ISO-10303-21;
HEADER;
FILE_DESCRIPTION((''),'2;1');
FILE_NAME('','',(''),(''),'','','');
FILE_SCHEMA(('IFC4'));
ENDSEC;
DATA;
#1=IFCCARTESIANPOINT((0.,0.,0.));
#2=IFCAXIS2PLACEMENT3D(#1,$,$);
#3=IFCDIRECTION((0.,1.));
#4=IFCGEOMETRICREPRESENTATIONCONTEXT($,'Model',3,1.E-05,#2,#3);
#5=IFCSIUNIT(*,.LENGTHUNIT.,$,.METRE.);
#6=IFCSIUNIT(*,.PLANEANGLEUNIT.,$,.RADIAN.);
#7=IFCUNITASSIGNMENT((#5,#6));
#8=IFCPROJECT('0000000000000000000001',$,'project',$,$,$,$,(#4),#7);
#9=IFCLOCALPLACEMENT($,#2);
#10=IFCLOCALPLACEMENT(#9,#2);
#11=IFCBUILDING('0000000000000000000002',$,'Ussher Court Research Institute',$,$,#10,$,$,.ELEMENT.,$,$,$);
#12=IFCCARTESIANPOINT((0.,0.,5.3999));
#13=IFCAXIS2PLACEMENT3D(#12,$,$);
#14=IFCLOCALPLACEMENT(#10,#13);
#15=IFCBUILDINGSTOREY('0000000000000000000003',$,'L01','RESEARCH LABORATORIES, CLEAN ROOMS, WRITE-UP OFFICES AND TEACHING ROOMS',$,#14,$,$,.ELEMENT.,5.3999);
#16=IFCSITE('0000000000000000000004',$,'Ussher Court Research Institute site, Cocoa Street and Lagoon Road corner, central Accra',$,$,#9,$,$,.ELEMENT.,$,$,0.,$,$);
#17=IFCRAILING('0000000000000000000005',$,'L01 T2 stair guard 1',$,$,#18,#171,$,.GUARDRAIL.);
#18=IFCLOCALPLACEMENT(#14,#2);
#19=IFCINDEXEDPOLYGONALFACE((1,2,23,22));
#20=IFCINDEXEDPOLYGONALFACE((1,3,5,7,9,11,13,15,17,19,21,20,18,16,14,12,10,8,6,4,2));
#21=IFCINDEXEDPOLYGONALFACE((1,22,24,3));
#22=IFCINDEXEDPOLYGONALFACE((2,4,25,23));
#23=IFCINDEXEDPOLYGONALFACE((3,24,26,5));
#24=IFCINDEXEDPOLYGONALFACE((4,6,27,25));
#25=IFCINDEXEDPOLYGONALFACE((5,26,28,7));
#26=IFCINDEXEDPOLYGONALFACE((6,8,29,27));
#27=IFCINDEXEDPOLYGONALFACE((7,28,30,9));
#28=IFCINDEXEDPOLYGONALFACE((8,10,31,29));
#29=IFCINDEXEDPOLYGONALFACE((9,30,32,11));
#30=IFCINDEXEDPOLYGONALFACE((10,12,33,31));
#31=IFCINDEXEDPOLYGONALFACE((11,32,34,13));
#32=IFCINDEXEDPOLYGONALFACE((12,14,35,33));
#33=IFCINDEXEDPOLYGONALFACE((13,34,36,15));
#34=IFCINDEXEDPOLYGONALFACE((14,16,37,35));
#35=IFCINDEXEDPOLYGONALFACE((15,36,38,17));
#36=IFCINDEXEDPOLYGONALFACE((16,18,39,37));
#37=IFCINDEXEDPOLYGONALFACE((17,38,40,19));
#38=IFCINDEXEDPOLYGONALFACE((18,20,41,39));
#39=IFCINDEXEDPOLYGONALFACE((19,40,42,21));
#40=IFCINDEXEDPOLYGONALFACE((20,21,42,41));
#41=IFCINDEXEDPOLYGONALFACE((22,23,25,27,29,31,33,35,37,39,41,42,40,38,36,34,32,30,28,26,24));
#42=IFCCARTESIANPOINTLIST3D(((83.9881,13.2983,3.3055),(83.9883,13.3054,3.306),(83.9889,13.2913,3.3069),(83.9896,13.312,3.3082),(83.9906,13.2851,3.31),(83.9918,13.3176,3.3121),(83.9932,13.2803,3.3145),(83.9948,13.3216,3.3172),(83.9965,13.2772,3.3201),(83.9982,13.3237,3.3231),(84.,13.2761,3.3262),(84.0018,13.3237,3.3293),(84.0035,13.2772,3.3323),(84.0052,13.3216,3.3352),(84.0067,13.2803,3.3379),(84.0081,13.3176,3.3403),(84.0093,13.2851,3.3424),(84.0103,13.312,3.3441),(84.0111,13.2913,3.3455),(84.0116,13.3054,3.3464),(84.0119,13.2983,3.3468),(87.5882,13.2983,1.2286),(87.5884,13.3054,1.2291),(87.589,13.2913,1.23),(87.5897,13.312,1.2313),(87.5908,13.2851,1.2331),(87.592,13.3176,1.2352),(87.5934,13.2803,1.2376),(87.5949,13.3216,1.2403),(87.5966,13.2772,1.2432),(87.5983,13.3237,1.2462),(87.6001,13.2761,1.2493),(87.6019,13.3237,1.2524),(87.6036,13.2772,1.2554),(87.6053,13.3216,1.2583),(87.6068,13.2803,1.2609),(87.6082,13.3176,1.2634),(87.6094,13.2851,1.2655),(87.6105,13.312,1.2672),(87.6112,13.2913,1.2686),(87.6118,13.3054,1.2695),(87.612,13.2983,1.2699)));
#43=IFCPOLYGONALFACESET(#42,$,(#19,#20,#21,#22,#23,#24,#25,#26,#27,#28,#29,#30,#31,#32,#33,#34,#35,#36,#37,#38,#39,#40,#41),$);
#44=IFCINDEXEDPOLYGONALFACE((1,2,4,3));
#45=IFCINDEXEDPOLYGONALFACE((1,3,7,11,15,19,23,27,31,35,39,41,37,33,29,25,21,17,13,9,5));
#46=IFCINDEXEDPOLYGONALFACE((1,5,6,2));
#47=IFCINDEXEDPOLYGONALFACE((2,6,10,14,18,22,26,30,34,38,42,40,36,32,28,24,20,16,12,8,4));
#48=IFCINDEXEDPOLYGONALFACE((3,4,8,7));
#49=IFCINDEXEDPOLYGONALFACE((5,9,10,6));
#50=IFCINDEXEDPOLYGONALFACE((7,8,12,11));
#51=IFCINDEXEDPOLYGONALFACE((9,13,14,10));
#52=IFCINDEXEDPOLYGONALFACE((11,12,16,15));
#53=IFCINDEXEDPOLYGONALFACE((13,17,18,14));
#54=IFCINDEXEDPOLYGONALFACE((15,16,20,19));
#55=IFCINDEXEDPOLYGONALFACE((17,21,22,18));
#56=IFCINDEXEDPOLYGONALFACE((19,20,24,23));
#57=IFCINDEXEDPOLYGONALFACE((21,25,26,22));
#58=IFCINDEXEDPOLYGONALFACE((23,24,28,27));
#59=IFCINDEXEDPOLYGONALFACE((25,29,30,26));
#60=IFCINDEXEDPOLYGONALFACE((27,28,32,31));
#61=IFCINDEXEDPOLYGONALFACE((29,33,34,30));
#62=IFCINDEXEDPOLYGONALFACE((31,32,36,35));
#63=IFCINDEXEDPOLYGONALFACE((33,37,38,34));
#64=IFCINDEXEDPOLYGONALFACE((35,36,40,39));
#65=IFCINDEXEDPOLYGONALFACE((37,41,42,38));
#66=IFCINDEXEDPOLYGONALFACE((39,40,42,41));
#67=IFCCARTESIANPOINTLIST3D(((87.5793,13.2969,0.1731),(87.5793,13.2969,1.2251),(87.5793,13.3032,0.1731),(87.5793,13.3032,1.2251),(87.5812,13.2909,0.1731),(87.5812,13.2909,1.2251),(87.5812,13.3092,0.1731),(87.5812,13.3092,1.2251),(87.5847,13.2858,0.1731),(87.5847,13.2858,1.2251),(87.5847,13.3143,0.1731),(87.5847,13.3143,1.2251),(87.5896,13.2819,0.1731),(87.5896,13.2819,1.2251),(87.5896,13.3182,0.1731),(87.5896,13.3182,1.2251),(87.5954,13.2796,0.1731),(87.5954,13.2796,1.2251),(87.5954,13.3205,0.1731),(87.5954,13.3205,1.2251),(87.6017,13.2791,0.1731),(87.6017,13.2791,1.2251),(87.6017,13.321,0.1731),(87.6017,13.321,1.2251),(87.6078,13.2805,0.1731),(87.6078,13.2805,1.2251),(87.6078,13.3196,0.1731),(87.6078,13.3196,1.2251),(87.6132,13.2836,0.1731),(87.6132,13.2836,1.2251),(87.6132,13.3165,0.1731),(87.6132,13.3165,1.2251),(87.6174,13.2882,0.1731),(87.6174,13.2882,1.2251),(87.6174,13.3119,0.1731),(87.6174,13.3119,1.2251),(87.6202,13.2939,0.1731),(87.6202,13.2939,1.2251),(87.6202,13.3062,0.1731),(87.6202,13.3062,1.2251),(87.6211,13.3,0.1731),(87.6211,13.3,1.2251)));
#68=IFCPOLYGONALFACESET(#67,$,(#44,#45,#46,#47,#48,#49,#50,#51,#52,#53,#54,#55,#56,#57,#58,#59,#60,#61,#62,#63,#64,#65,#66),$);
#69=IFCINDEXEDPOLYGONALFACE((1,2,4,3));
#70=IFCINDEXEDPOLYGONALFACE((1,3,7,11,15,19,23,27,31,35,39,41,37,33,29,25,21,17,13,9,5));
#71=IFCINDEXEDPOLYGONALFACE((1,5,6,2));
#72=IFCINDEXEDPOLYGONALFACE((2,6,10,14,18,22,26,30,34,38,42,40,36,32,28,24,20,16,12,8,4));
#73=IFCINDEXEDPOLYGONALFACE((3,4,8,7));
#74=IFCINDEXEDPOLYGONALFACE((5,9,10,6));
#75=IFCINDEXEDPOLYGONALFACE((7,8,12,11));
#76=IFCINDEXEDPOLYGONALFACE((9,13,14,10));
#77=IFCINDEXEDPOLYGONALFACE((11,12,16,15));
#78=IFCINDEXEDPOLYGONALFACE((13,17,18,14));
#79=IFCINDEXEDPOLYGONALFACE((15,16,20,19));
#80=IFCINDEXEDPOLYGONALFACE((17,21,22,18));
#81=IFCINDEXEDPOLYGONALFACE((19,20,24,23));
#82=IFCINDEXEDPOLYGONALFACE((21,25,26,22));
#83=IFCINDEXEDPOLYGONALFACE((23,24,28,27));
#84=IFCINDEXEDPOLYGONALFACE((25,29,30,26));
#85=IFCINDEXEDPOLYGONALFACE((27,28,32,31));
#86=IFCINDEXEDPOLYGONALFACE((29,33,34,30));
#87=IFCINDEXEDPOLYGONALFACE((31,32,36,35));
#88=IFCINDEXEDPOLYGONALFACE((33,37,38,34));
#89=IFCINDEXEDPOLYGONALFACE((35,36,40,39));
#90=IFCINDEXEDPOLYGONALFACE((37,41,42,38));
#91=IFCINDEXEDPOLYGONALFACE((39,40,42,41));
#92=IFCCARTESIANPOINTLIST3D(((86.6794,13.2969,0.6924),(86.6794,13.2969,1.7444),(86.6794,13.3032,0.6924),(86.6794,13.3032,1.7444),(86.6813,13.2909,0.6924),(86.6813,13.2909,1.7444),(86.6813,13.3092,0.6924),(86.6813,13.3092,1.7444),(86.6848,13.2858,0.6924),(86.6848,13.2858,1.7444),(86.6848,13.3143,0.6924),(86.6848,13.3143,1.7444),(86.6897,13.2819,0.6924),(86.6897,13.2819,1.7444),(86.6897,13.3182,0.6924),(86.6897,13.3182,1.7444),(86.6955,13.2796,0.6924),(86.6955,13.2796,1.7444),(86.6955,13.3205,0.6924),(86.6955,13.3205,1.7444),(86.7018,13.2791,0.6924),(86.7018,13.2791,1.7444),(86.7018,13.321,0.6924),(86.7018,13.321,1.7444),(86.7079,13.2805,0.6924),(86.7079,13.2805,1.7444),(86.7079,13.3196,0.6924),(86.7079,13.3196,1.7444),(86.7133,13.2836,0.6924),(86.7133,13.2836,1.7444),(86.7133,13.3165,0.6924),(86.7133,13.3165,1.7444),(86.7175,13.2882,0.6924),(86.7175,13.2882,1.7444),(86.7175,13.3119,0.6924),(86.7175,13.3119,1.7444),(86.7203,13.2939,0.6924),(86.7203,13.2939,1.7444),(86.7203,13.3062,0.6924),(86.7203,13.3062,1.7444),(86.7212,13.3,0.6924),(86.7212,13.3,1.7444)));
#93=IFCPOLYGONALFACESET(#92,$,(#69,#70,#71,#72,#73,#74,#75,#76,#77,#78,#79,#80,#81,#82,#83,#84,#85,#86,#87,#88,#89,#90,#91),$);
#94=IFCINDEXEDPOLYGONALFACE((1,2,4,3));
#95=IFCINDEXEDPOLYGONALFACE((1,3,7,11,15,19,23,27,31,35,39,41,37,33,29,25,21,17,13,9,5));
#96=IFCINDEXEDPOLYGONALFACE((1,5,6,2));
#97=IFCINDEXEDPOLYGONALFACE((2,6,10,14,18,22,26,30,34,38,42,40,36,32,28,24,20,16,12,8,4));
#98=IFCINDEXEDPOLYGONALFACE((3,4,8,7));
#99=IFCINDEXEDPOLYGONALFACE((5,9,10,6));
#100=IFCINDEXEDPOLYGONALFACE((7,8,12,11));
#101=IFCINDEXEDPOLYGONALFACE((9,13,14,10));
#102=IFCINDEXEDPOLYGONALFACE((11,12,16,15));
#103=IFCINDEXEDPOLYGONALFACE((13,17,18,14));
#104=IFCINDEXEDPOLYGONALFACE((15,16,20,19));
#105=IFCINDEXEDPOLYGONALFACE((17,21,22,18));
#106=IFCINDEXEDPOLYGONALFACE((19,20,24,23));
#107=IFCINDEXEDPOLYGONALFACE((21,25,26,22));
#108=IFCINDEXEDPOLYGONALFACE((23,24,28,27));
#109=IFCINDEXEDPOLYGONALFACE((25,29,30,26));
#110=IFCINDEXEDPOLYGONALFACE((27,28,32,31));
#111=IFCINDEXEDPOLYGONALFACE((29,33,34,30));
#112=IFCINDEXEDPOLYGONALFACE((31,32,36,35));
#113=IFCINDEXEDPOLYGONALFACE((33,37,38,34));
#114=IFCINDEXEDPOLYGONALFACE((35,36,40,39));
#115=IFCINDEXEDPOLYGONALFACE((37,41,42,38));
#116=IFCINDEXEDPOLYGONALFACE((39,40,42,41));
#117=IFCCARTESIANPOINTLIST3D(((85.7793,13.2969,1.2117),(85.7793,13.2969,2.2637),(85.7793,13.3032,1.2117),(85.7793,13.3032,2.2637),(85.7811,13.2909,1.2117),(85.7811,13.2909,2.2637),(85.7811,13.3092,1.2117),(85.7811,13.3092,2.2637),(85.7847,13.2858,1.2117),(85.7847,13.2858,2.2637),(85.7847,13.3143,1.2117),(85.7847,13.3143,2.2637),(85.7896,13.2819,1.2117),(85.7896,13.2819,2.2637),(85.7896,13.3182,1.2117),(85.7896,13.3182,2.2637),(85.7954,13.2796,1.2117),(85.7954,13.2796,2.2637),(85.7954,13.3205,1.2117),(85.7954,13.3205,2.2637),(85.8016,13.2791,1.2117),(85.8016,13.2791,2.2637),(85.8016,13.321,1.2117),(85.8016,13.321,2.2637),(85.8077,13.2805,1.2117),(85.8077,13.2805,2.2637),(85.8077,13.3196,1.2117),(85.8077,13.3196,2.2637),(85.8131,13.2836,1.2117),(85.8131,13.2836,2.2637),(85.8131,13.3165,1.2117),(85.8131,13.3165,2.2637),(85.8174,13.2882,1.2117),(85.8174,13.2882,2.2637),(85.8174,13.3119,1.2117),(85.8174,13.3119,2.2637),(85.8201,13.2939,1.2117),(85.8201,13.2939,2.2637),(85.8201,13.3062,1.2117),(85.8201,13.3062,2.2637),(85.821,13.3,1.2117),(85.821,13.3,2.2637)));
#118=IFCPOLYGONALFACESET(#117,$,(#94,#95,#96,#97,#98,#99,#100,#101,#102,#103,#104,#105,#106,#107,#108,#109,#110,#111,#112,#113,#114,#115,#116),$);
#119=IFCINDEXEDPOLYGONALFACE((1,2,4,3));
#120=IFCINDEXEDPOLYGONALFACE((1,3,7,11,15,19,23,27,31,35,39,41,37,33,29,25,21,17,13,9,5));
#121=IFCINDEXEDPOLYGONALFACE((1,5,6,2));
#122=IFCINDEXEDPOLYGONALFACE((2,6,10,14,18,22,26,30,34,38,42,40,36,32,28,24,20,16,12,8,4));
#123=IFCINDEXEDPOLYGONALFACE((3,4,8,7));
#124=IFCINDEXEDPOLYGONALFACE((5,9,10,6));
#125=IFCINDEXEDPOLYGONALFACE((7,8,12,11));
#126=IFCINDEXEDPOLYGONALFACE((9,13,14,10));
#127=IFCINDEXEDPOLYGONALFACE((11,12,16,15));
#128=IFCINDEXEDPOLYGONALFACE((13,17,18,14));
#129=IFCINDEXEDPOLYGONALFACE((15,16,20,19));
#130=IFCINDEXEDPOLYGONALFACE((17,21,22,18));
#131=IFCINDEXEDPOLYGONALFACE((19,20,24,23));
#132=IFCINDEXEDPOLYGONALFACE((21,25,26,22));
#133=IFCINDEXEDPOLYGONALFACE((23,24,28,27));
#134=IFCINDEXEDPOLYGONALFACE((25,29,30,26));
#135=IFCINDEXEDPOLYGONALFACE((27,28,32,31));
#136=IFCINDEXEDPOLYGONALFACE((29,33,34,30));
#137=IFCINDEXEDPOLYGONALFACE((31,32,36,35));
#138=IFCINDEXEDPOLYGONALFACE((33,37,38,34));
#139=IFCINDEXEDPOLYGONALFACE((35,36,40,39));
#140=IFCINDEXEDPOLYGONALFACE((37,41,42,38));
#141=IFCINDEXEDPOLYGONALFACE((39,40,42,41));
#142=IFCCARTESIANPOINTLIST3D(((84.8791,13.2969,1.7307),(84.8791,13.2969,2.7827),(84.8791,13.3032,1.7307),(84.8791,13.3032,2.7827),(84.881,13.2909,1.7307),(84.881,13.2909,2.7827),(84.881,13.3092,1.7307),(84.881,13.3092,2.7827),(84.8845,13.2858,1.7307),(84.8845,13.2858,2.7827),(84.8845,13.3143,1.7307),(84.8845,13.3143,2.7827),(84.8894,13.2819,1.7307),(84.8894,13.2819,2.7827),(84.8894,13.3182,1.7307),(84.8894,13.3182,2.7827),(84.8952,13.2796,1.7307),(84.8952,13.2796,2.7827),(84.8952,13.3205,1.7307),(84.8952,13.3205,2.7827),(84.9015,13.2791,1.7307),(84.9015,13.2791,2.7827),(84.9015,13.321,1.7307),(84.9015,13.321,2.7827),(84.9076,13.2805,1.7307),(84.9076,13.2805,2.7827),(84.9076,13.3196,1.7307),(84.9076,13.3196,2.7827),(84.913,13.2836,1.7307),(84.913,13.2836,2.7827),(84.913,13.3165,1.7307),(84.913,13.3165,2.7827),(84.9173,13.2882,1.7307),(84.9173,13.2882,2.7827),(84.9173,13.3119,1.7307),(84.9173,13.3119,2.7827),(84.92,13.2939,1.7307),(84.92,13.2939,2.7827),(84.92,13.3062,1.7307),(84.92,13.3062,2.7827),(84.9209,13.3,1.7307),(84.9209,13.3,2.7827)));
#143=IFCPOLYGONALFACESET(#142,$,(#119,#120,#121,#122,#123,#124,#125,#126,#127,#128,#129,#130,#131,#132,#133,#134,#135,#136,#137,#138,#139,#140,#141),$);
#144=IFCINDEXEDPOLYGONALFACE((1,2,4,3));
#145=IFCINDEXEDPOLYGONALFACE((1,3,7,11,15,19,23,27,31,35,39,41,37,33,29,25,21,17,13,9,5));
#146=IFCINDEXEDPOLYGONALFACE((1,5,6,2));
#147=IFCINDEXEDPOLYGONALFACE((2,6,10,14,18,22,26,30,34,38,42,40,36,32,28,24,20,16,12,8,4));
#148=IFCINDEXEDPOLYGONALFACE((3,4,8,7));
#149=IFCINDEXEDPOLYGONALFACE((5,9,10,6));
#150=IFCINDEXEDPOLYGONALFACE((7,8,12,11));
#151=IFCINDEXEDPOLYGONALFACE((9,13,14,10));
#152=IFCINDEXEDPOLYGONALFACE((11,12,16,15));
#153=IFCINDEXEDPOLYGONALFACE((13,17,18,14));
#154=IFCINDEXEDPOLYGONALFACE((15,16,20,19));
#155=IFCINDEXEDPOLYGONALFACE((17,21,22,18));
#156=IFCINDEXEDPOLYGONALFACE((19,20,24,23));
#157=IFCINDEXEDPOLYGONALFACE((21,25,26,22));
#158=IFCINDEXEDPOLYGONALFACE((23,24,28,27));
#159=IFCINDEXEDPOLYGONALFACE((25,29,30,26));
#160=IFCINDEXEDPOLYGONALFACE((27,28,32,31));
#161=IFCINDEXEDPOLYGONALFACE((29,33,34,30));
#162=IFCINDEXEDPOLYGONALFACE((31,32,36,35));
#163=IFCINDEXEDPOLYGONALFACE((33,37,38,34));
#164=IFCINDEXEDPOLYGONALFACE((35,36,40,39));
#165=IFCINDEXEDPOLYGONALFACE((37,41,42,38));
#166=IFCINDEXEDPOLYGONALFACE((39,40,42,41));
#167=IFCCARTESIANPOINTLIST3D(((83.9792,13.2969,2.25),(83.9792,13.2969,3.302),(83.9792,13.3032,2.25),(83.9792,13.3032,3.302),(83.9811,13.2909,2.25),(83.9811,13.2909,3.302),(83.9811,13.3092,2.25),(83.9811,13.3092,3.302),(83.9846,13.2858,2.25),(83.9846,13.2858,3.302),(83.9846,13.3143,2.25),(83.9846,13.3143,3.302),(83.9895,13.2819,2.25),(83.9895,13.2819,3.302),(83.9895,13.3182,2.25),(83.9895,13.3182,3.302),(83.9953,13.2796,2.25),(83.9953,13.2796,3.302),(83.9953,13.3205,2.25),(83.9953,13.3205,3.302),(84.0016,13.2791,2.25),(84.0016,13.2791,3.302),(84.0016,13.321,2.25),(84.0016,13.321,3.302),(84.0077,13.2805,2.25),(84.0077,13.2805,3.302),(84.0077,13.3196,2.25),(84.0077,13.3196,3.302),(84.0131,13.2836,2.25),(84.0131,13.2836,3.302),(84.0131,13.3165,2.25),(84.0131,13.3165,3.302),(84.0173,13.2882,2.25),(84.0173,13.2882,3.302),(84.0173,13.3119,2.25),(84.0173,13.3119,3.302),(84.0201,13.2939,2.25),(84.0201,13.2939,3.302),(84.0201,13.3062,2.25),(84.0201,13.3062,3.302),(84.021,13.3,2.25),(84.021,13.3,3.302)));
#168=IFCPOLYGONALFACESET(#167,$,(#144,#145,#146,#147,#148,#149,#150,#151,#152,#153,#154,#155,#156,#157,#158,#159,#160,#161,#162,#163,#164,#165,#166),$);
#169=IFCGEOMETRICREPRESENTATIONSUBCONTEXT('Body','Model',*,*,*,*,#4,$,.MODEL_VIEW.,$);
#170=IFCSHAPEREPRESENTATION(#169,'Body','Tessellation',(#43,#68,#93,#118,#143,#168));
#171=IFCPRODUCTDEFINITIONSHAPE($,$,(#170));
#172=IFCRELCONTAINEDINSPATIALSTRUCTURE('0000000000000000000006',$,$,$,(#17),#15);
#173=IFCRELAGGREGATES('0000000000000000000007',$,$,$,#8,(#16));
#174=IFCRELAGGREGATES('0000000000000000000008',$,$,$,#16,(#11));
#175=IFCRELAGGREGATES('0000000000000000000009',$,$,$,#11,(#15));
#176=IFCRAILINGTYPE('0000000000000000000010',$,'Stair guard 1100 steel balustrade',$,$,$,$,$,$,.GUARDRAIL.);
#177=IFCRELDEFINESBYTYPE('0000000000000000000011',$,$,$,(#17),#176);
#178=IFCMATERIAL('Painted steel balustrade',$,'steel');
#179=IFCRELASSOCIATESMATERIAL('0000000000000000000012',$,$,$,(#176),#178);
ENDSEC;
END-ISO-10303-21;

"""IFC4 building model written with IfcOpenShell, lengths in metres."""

from ifc_helpers import new_model, si_unit, direction, frame, origin, origin_2d, place, context, subcontext, project, spatial, circle, extrude, material, type_object, element, save


model = new_model("IFC4")

# Units and contexts
model_context = context("Model", 3, precision=1e-05, world=origin(), true_north=direction((0.0, 1.0)))
body_context = subcontext(model_context, "Body", "Model", "MODEL_VIEW")
ifc_project = project(units=[si_unit("LENGTHUNIT", "METRE"), si_unit("PLANEANGLEUNIT", "RADIAN")], contexts=[model_context])

# Site, building, storey
site_placement = place(None, origin())
site = spatial("IfcSite", under=ifc_project, at=site_placement, Name="Ussher Court Research Institute site, Cocoa Street and Lagoon Road corner, central Accra", CompositionType="ELEMENT", RefElevation=0.0)
building_placement = place(site_placement, origin())
building = spatial("IfcBuilding", under=site, at=building_placement, Name="Ussher Court Research Institute", CompositionType="ELEMENT")
storey_placement = place(building_placement, frame((0.0, 0.0, 5.3999)))
storey = spatial("IfcBuildingStorey", under=building, at=storey_placement, Name="L01", Description="RESEARCH LABORATORIES, CLEAN ROOMS, WRITE-UP OFFICES AND TEACHING ROOMS", CompositionType="ELEMENT", Elevation=5.3999)

# Railing
ifc_material_1 = material(Name="Painted steel balustrade", Category="steel")
railing_type_1 = type_object("IfcRailingType", Name="Stair guard 1100 steel balustrade", PredefinedType="GUARDRAIL", material=ifc_material_1)
railing_1_placement = place(storey_placement, frame((87.6001, 13.3, 0.1731)))
element("IfcRailing", 1, at=railing_1_placement, inside=storey, type_object=railing_type_1, Name="L01 T2 stair guard 1", PredefinedType="GUARDRAIL", context=body_context, shape_type="SweptSolid", body=[
    extrude(circle(Radius=0.0239, at=origin_2d()), frame((0.0, 0.0, 1.0762), z_axis=(-0.866193, 0.0, 0.499709), x_axis=(0.0, -1.0, 0.0)), (0.0, 0.0, 1.0), 4.1562),
    extrude(circle(Radius=0.021, at=origin_2d()), origin(), (0.0, 0.0, 1.0), 1.052),
    extrude(circle(Radius=0.021, at=origin_2d()), frame((-0.8999, 0.0, 0.5193)), (0.0, 0.0, 1.0), 1.052),
    extrude(circle(Radius=0.021, at=origin_2d()), frame((-1.8, 0.0, 1.0386)), (0.0, 0.0, 1.0), 1.052),
    extrude(circle(Radius=0.021, at=origin_2d()), frame((-2.7002, 0.0, 1.5576)), (0.0, 0.0, 1.0), 1.052),
    extrude(circle(Radius=0.021, at=origin_2d()), frame((-3.6001, 0.0, 2.0769)), (0.0, 0.0, 1.0), 1.052),
])

save(model, "model.ifc")
